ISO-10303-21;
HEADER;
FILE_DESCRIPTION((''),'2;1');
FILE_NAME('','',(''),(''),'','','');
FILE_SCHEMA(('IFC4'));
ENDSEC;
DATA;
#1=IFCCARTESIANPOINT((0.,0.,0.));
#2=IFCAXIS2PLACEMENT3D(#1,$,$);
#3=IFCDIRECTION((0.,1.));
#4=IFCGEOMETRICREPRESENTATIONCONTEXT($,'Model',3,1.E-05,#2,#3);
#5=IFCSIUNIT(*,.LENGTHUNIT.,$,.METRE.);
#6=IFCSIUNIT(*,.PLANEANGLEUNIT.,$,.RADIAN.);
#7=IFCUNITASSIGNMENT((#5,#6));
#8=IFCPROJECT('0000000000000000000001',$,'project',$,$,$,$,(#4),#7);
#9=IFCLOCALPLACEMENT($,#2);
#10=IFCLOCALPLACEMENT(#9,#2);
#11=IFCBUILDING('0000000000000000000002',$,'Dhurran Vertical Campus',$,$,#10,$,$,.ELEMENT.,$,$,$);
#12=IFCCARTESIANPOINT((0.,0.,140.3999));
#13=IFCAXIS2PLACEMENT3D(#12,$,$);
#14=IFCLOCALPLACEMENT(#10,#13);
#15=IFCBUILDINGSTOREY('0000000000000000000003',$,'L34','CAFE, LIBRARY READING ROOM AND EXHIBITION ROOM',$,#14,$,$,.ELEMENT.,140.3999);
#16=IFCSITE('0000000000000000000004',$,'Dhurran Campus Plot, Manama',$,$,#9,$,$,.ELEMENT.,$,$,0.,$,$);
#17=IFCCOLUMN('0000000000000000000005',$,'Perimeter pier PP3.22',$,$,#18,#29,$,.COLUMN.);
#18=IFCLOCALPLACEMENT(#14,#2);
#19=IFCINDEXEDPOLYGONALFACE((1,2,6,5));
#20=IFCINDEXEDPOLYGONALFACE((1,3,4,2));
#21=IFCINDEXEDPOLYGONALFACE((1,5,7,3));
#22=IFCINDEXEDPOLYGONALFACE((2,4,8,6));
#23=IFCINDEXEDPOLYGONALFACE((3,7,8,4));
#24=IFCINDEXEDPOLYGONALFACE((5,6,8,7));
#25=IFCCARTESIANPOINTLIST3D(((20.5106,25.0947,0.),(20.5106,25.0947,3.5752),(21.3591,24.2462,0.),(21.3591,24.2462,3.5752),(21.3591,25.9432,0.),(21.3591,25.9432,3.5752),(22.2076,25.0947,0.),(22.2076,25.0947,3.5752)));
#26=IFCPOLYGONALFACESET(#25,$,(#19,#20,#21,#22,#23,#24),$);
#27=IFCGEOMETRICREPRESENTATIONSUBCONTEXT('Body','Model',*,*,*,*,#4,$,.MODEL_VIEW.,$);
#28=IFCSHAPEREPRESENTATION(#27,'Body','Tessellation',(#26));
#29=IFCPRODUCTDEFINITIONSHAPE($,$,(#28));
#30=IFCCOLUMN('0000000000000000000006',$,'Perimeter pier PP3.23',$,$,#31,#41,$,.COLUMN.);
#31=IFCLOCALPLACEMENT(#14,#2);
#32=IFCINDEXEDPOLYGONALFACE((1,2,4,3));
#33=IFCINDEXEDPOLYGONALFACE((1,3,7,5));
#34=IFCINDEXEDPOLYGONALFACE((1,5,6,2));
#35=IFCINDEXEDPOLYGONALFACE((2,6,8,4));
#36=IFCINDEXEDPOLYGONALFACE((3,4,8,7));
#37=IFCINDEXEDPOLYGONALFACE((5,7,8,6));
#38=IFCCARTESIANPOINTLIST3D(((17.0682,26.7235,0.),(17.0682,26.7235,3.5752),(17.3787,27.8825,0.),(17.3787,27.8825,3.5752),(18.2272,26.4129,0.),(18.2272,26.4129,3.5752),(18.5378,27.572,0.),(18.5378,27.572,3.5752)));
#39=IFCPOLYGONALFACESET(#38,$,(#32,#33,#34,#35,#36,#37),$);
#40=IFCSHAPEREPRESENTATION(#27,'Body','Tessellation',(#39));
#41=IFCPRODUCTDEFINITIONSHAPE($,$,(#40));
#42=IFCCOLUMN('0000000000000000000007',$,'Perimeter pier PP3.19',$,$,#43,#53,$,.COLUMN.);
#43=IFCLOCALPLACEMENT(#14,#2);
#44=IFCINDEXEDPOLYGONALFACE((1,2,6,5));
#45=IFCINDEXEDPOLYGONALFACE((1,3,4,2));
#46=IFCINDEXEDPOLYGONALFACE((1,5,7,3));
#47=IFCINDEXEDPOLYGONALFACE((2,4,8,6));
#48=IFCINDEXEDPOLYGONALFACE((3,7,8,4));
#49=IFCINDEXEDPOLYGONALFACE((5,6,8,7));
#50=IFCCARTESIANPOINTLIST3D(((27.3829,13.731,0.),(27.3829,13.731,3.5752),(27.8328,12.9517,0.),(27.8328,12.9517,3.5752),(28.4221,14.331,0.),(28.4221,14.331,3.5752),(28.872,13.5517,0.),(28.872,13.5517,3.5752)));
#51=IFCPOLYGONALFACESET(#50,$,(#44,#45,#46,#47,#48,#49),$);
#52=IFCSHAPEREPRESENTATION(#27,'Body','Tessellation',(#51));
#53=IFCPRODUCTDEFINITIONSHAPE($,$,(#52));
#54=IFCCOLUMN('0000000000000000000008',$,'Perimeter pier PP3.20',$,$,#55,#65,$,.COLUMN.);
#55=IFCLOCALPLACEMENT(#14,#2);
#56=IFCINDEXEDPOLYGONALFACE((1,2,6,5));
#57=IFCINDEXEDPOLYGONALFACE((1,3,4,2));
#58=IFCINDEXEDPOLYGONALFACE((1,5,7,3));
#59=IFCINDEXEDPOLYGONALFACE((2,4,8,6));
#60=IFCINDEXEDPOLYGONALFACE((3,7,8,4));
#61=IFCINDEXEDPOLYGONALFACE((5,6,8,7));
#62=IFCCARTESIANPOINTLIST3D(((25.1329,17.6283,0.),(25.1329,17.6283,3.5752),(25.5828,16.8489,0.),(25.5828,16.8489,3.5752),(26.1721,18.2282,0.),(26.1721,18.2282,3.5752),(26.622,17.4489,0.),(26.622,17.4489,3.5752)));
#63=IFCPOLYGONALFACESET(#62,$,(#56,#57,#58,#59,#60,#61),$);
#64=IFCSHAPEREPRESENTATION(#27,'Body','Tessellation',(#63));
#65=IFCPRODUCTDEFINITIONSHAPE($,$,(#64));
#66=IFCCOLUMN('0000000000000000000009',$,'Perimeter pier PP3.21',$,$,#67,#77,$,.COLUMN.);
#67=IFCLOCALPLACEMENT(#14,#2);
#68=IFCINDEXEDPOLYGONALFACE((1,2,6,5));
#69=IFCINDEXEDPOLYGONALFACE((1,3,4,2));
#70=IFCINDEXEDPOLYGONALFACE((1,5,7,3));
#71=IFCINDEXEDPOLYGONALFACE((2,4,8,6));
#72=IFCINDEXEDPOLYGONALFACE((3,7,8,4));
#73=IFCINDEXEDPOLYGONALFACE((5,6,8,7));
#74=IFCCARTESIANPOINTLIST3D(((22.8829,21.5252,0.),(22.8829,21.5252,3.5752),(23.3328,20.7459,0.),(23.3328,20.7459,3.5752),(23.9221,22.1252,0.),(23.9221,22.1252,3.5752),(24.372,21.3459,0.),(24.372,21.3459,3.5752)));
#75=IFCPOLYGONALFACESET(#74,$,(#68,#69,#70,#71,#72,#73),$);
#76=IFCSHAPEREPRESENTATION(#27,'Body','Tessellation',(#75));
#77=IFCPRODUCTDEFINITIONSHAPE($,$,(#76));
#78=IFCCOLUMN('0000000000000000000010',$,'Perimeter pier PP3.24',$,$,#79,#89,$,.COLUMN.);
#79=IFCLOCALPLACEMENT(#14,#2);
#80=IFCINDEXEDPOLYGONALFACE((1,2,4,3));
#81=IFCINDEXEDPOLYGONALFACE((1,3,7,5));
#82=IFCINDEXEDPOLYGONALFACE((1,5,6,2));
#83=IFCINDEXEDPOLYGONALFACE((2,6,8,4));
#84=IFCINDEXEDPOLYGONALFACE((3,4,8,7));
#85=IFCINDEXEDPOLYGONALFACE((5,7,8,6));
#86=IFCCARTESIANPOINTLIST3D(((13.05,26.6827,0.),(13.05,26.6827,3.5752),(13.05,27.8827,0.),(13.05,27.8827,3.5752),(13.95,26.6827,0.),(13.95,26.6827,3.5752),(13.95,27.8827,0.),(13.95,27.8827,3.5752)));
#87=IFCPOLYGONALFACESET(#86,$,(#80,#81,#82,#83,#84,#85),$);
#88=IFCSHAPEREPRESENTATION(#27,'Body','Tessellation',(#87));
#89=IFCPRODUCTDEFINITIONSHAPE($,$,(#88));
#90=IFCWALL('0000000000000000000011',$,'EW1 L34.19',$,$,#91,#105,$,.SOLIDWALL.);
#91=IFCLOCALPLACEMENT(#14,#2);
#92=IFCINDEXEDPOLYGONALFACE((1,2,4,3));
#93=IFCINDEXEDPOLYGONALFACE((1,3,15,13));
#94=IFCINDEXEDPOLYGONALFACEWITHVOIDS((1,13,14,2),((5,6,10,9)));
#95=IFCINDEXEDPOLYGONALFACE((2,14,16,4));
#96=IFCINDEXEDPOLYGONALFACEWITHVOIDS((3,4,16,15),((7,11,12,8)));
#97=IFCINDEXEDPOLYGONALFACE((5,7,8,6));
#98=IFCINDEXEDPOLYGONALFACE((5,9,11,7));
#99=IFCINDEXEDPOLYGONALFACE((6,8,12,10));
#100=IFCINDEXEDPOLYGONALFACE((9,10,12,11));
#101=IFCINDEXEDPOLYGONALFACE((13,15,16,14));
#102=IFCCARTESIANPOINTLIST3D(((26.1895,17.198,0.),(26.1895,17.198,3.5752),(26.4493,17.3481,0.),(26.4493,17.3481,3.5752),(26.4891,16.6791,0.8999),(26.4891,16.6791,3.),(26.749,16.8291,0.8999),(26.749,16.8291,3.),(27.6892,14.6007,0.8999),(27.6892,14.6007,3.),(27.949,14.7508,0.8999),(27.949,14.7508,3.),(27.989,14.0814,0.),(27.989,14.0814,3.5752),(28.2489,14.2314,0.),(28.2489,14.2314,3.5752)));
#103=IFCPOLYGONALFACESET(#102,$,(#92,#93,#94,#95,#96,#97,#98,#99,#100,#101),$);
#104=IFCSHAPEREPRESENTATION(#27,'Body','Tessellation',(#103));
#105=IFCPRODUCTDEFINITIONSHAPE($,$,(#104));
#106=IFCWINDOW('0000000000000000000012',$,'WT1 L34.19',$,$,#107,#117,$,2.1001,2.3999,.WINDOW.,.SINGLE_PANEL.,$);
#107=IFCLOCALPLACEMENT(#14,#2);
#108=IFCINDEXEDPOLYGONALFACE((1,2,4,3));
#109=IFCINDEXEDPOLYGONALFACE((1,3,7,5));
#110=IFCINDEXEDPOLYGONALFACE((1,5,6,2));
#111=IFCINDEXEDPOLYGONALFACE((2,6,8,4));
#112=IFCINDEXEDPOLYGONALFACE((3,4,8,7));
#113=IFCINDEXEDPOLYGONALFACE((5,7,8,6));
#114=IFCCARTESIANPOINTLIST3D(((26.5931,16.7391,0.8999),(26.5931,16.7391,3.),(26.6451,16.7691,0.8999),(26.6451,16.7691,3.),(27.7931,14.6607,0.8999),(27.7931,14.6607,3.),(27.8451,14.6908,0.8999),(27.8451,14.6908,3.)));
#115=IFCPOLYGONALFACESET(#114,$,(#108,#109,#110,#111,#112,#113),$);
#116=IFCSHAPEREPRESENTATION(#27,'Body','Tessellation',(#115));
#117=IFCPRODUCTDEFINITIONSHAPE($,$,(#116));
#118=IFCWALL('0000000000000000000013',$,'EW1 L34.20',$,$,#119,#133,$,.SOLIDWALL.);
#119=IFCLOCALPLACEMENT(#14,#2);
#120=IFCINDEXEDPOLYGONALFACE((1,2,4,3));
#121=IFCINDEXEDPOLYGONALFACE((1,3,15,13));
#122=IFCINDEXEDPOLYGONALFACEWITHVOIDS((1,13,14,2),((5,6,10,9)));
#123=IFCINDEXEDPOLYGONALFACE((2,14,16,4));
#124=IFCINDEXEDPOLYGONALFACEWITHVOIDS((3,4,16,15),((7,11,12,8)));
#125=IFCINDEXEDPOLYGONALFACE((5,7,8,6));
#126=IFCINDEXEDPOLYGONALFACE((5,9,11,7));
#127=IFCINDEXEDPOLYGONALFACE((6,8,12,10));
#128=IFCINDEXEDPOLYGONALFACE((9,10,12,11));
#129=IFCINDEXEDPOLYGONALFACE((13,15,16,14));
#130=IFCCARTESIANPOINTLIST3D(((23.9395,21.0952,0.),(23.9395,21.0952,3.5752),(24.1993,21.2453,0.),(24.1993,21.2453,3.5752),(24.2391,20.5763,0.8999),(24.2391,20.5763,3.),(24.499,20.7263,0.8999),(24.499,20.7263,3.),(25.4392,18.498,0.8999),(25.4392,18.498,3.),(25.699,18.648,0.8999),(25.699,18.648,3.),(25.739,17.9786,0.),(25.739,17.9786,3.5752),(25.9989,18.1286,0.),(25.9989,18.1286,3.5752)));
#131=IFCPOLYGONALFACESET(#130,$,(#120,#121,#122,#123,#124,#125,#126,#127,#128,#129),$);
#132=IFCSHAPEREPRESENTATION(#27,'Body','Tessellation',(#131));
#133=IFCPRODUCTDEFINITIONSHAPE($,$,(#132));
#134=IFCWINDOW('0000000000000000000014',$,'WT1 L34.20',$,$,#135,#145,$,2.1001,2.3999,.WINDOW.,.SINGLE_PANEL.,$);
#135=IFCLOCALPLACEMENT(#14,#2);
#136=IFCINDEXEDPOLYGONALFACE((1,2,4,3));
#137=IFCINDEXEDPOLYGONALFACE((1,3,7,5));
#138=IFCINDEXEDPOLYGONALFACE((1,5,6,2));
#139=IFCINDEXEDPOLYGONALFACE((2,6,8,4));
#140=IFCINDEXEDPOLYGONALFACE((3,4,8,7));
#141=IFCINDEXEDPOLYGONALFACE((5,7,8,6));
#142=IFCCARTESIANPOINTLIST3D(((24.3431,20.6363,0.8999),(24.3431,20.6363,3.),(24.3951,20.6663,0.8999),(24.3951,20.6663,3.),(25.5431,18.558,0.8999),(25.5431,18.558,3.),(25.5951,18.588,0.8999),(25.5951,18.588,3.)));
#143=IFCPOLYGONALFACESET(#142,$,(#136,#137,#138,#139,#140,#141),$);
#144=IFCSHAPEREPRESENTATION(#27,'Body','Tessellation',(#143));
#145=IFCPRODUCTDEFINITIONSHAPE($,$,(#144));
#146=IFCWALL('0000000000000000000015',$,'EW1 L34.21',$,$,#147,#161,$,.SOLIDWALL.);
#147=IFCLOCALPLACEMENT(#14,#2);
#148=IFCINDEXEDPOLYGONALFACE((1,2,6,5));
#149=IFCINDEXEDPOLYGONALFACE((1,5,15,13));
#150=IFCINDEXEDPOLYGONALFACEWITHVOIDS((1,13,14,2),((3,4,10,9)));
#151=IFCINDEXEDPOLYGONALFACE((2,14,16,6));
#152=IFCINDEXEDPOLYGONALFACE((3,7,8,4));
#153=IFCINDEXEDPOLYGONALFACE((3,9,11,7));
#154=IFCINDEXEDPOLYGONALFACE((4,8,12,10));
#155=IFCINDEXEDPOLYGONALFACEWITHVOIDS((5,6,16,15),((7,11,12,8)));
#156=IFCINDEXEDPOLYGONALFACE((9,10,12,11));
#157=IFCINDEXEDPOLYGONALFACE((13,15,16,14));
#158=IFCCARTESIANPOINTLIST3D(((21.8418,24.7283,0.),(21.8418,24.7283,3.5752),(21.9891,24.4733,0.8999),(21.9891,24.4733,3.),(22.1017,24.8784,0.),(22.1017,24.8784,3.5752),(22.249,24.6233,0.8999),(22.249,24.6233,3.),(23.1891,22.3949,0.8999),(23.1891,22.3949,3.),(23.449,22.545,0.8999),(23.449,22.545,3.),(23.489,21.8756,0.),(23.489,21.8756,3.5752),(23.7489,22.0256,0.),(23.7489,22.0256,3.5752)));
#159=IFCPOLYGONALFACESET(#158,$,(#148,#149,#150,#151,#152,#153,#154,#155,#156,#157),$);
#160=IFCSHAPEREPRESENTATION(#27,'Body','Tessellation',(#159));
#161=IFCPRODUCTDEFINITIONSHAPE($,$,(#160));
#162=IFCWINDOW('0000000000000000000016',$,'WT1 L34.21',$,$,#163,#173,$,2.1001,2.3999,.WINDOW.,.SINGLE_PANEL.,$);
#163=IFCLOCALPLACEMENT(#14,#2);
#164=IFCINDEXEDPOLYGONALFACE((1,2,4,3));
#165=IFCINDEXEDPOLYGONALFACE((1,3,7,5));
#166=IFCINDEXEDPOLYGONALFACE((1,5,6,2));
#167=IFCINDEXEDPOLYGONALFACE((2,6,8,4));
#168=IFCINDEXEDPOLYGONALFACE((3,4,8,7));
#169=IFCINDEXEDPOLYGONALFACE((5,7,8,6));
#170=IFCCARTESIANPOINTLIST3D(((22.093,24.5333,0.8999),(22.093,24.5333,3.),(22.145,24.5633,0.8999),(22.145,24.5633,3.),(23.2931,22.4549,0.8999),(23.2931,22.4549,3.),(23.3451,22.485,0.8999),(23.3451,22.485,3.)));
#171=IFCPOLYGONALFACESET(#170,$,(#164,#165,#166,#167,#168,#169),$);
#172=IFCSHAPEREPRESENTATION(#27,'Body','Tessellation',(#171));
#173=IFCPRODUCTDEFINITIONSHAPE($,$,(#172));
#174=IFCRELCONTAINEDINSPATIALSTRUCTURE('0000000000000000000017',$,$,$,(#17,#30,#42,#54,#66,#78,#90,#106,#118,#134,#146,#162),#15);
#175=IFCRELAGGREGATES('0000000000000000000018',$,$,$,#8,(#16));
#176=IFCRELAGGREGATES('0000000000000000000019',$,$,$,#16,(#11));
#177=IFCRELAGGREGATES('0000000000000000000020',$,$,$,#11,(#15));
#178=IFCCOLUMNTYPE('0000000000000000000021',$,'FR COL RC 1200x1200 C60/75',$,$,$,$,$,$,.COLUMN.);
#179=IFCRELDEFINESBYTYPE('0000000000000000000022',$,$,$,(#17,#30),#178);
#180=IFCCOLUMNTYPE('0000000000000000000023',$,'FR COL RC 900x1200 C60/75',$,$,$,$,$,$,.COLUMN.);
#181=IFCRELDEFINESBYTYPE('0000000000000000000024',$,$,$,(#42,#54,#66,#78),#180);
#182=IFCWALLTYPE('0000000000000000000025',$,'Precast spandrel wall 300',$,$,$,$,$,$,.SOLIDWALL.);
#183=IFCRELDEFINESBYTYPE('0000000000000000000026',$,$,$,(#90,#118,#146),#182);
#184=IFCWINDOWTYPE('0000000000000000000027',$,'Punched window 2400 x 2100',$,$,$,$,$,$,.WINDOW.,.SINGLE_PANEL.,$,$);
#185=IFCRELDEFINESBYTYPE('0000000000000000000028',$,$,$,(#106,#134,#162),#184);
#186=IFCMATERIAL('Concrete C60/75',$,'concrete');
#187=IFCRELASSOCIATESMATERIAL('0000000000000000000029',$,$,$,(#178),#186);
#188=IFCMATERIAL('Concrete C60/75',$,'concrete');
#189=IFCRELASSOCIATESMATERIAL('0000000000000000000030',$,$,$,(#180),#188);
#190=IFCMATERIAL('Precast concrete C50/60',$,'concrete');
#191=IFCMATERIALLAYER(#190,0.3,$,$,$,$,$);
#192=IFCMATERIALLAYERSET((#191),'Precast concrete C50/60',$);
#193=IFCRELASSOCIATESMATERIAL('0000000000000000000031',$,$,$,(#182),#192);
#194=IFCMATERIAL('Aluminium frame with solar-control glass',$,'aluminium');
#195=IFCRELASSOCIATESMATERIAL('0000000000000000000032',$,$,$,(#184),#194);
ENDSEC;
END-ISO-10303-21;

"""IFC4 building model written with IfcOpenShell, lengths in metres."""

from ifc_helpers import new_model, si_unit, direction, frame, frame_2d, origin, origin_2d, place, context, subcontext, project, spatial, rectangle, extrude, material, layer, layer_set, material_profile, profile_set, type_object, element, fill, save


model = new_model("IFC4")

# Units and contexts
model_context = context("Model", 3, precision=1e-05, world=origin(), true_north=direction((0.0, 1.0)))
body_context = subcontext(model_context, "Body", "Model", "MODEL_VIEW")
ifc_project = project(units=[si_unit("LENGTHUNIT", "METRE"), si_unit("PLANEANGLEUNIT", "RADIAN")], contexts=[model_context])

# Site, building, storey
site_placement = place(None, origin())
site = spatial("IfcSite", under=ifc_project, at=site_placement, Name="Dhurran Campus Plot, Manama", CompositionType="ELEMENT", RefElevation=0.0)
building_placement = place(site_placement, origin())
building = spatial("IfcBuilding", under=site, at=building_placement, Name="Dhurran Vertical Campus", CompositionType="ELEMENT")
storey_placement = place(building_placement, frame((0.0, 0.0, 140.3999)))
storey = spatial("IfcBuildingStorey", under=building, at=storey_placement, Name="L34", Description="CAFE, LIBRARY READING ROOM AND EXHIBITION ROOM", CompositionType="ELEMENT", Elevation=140.3999)

# Columns
ifc_material_1 = material(Name="Concrete C60/75", Category="concrete")
ifc_material_profile_1 = material_profile(ifc_material_1, rectangle(XDim=1.2, YDim=1.2, at=origin_2d()), Name="RC 1200x1200")
ifc_profile_set_1 = profile_set([ifc_material_profile_1], Name="Concrete C60/75")
column_type_1 = type_object("IfcColumnType", Name="FR COL RC 1200x1200 C60/75", PredefinedType="COLUMN", material=ifc_profile_set_1)
for number, where, z_axis, x_axis, name in (
    (1, (21.3591, 25.0947, 0.0), (0.0, 0.0, 1.0), (-0.707107, 0.707107, 0.0), "Perimeter pier PP3.22"),
    (2, (17.803, 27.1477, 0.0), (0.0, 0.0, 1.0), (-0.965926, 0.258819, 0.0), "Perimeter pier PP3.23"),
):
    element("IfcColumn", number, at=place(storey_placement, frame(where, z_axis=z_axis, x_axis=x_axis)), inside=storey, type_object=column_type_1, Name=name, PredefinedType="COLUMN", context=body_context, shape_type="SweptSolid", body=[
        extrude(rectangle(XDim=1.2, YDim=1.2, at=origin_2d()), origin(), (0.0, 0.0, 1.0), 3.5752),
    ])
ifc_material_2 = material(Name="Concrete C60/75", Category="concrete")
ifc_material_profile_2 = material_profile(ifc_material_2, rectangle(XDim=0.8999, YDim=1.2, at=origin_2d()), Name="RC 900x1200")
ifc_profile_set_2 = profile_set([ifc_material_profile_2], Name="Concrete C60/75")
column_type_2 = type_object("IfcColumnType", Name="FR COL RC 900x1200 C60/75", PredefinedType="COLUMN", material=ifc_profile_set_2)
for number, where, z_axis, x_axis, name in (
    (3, (28.1274, 13.6414, 0.0), (0.0, 0.0, 1.0), (-0.5, 0.866025, 0.0), "Perimeter pier PP3.19"),
    (4, (25.8774, 17.5386, 0.0), (0.0, 0.0, 1.0), (-0.5, 0.866025, 0.0), "Perimeter pier PP3.20"),
    (5, (23.6274, 21.4355, 0.0), (0.0, 0.0, 1.0), (-0.5, 0.866025, 0.0), "Perimeter pier PP3.21"),
    (6, (13.5, 27.2827, 0.0), (0.0, 0.0, 1.0), (-1.0, 0.0, 0.0), "Perimeter pier PP3.24"),
):
    element("IfcColumn", number, at=place(storey_placement, frame(where, z_axis=z_axis, x_axis=x_axis)), inside=storey, type_object=column_type_2, Name=name, PredefinedType="COLUMN", context=body_context, shape_type="SweptSolid", body=[
        extrude(rectangle(XDim=0.8999, YDim=1.2, at=origin_2d()), origin(), (0.0, 0.0, 1.0), 3.5752),
    ])

# Walls, openings, windows
ifc_material_3 = material(Name="Precast concrete C50/60", Category="concrete")
ifc_layer_1 = layer(ifc_material_3, 0.3)
ifc_layer_set_1 = layer_set([ifc_layer_1], Name="Precast concrete C50/60")
wall_type_1 = type_object("IfcWallType", Name="Precast spandrel wall 300", PredefinedType="SOLIDWALL", material=ifc_layer_set_1)
wall_1_placement = place(storey_placement, frame((28.1189, 14.1565, 0.0), z_axis=(0.0, 0.0, 1.0), x_axis=(-0.500028, 0.866009, 0.0)))
wall_1 = element("IfcWall", 7, at=wall_1_placement, inside=storey, type_object=wall_type_1, Name="EW1 L34.19", PredefinedType="SOLIDWALL", context=body_context, shape_type="SweptSolid", body=[
    extrude(rectangle(XDim=3.5989, YDim=0.3, at=frame_2d((1.7993, 0.0))), origin(), (0.0, 0.0, 1.0), 3.5752),
])
opening_1_placement = place(wall_1_placement, frame((0.5996, 0.0, 0.8999)))
opening_1 = element("IfcOpeningElement", 8, at=opening_1_placement, cuts=wall_1, PredefinedType="OPENING", context=body_context, shape_type="SweptSolid", body=[
    extrude(rectangle(XDim=2.3999, YDim=2.1001, at=frame_2d((1.2, 1.05))), frame((0.0, 0.1599, 0.0), z_axis=(0.0, -1.0, 0.0), x_axis=(1.0, 0.0, 0.0)), (0.0, 0.0, 1.0), 0.3201),
])
ifc_material_4 = material(Name="Aluminium frame with solar-control glass", Category="aluminium")
window_type = type_object("IfcWindowType", Name="Punched window 2400 x 2100", PartitioningType="SINGLE_PANEL", PredefinedType="WINDOW", material=ifc_material_4)
window_1_placement = place(opening_1_placement, origin())
window_1 = element("IfcWindow", 9, at=window_1_placement, inside=storey, type_object=window_type, Name="WT1 L34.19", OverallHeight=2.1001, OverallWidth=2.3999, PartitioningType="SINGLE_PANEL", PredefinedType="WINDOW", context=body_context, shape_type="SweptSolid", body=[
    extrude(rectangle(XDim=2.3999, YDim=2.1001, at=frame_2d((1.2, 1.05))), frame((0.0, 0.03, 0.0), z_axis=(0.0, -1.0, 0.0), x_axis=(1.0, 0.0, 0.0)), (0.0, 0.0, 1.0), 0.0601),
])
fill(opening_1, window_1)
wall_2_placement = place(storey_placement, frame((25.8689, 18.0537, 0.0), z_axis=(0.0, 0.0, 1.0), x_axis=(-0.500028, 0.866009, 0.0)))
wall_2 = element("IfcWall", 10, at=wall_2_placement, inside=storey, type_object=wall_type_1, Name="EW1 L34.20", PredefinedType="SOLIDWALL", context=body_context, shape_type="SweptSolid", body=[
    extrude(rectangle(XDim=3.5989, YDim=0.3, at=frame_2d((1.7993, 0.0))), origin(), (0.0, 0.0, 1.0), 3.5752),
])
opening_2_placement = place(wall_2_placement, frame((0.5996, 0.0, 0.8999)))
opening_2 = element("IfcOpeningElement", 11, at=opening_2_placement, cuts=wall_2, PredefinedType="OPENING", context=body_context, shape_type="SweptSolid", body=[
    extrude(rectangle(XDim=2.3999, YDim=2.1001, at=frame_2d((1.2, 1.05))), frame((0.0, 0.1599, 0.0), z_axis=(0.0, -1.0, 0.0), x_axis=(1.0, 0.0, 0.0)), (0.0, 0.0, 1.0), 0.3201),
])
window_2_placement = place(opening_2_placement, origin())
window_2 = element("IfcWindow", 12, at=window_2_placement, inside=storey, type_object=window_type, Name="WT1 L34.20", OverallHeight=2.1001, OverallWidth=2.3999, PartitioningType="SINGLE_PANEL", PredefinedType="WINDOW", context=body_context, shape_type="SweptSolid", body=[
    extrude(rectangle(XDim=2.3999, YDim=2.1001, at=frame_2d((1.2, 1.05))), frame((0.0, 0.03, 0.0), z_axis=(0.0, -1.0, 0.0), x_axis=(1.0, 0.0, 0.0)), (0.0, 0.0, 1.0), 0.0601),
])
fill(opening_2, window_2)
wall_3_placement = place(storey_placement, frame((23.6189, 21.9507, 0.0), z_axis=(0.0, 0.0, 1.0), x_axis=(-0.500037, 0.866004, 0.0)))
wall_3 = element("IfcWall", 13, at=wall_3_placement, inside=storey, type_object=wall_type_1, Name="EW1 L34.21", PredefinedType="SOLIDWALL", context=body_context, shape_type="SweptSolid", body=[
    extrude(rectangle(XDim=3.2942, YDim=0.3, at=frame_2d((1.647, 0.0))), origin(), (0.0, 0.0, 1.0), 3.5752),
])
opening_3_placement = place(wall_3_placement, frame((0.5996, 0.0, 0.8999)))
opening_3 = element("IfcOpeningElement", 14, at=opening_3_placement, cuts=wall_3, PredefinedType="OPENING", context=body_context, shape_type="SweptSolid", body=[
    extrude(rectangle(XDim=2.3999, YDim=2.1001, at=frame_2d((1.2, 1.05))), frame((0.0, 0.1599, 0.0), z_axis=(0.0, -1.0, 0.0), x_axis=(1.0, 0.0, 0.0)), (0.0, 0.0, 1.0), 0.3201),
])
window_3_placement = place(opening_3_placement, origin())
window_3 = element("IfcWindow", 15, at=window_3_placement, inside=storey, type_object=window_type, Name="WT1 L34.21", OverallHeight=2.1001, OverallWidth=2.3999, PartitioningType="SINGLE_PANEL", PredefinedType="WINDOW", context=body_context, shape_type="SweptSolid", body=[
    extrude(rectangle(XDim=2.3999, YDim=2.1001, at=frame_2d((1.2, 1.05))), frame((0.0, 0.03, 0.0), z_axis=(0.0, -1.0, 0.0), x_axis=(1.0, 0.0, 0.0)), (0.0, 0.0, 1.0), 0.0601),
])
fill(opening_3, window_3)

save(model, "model.ifc")
